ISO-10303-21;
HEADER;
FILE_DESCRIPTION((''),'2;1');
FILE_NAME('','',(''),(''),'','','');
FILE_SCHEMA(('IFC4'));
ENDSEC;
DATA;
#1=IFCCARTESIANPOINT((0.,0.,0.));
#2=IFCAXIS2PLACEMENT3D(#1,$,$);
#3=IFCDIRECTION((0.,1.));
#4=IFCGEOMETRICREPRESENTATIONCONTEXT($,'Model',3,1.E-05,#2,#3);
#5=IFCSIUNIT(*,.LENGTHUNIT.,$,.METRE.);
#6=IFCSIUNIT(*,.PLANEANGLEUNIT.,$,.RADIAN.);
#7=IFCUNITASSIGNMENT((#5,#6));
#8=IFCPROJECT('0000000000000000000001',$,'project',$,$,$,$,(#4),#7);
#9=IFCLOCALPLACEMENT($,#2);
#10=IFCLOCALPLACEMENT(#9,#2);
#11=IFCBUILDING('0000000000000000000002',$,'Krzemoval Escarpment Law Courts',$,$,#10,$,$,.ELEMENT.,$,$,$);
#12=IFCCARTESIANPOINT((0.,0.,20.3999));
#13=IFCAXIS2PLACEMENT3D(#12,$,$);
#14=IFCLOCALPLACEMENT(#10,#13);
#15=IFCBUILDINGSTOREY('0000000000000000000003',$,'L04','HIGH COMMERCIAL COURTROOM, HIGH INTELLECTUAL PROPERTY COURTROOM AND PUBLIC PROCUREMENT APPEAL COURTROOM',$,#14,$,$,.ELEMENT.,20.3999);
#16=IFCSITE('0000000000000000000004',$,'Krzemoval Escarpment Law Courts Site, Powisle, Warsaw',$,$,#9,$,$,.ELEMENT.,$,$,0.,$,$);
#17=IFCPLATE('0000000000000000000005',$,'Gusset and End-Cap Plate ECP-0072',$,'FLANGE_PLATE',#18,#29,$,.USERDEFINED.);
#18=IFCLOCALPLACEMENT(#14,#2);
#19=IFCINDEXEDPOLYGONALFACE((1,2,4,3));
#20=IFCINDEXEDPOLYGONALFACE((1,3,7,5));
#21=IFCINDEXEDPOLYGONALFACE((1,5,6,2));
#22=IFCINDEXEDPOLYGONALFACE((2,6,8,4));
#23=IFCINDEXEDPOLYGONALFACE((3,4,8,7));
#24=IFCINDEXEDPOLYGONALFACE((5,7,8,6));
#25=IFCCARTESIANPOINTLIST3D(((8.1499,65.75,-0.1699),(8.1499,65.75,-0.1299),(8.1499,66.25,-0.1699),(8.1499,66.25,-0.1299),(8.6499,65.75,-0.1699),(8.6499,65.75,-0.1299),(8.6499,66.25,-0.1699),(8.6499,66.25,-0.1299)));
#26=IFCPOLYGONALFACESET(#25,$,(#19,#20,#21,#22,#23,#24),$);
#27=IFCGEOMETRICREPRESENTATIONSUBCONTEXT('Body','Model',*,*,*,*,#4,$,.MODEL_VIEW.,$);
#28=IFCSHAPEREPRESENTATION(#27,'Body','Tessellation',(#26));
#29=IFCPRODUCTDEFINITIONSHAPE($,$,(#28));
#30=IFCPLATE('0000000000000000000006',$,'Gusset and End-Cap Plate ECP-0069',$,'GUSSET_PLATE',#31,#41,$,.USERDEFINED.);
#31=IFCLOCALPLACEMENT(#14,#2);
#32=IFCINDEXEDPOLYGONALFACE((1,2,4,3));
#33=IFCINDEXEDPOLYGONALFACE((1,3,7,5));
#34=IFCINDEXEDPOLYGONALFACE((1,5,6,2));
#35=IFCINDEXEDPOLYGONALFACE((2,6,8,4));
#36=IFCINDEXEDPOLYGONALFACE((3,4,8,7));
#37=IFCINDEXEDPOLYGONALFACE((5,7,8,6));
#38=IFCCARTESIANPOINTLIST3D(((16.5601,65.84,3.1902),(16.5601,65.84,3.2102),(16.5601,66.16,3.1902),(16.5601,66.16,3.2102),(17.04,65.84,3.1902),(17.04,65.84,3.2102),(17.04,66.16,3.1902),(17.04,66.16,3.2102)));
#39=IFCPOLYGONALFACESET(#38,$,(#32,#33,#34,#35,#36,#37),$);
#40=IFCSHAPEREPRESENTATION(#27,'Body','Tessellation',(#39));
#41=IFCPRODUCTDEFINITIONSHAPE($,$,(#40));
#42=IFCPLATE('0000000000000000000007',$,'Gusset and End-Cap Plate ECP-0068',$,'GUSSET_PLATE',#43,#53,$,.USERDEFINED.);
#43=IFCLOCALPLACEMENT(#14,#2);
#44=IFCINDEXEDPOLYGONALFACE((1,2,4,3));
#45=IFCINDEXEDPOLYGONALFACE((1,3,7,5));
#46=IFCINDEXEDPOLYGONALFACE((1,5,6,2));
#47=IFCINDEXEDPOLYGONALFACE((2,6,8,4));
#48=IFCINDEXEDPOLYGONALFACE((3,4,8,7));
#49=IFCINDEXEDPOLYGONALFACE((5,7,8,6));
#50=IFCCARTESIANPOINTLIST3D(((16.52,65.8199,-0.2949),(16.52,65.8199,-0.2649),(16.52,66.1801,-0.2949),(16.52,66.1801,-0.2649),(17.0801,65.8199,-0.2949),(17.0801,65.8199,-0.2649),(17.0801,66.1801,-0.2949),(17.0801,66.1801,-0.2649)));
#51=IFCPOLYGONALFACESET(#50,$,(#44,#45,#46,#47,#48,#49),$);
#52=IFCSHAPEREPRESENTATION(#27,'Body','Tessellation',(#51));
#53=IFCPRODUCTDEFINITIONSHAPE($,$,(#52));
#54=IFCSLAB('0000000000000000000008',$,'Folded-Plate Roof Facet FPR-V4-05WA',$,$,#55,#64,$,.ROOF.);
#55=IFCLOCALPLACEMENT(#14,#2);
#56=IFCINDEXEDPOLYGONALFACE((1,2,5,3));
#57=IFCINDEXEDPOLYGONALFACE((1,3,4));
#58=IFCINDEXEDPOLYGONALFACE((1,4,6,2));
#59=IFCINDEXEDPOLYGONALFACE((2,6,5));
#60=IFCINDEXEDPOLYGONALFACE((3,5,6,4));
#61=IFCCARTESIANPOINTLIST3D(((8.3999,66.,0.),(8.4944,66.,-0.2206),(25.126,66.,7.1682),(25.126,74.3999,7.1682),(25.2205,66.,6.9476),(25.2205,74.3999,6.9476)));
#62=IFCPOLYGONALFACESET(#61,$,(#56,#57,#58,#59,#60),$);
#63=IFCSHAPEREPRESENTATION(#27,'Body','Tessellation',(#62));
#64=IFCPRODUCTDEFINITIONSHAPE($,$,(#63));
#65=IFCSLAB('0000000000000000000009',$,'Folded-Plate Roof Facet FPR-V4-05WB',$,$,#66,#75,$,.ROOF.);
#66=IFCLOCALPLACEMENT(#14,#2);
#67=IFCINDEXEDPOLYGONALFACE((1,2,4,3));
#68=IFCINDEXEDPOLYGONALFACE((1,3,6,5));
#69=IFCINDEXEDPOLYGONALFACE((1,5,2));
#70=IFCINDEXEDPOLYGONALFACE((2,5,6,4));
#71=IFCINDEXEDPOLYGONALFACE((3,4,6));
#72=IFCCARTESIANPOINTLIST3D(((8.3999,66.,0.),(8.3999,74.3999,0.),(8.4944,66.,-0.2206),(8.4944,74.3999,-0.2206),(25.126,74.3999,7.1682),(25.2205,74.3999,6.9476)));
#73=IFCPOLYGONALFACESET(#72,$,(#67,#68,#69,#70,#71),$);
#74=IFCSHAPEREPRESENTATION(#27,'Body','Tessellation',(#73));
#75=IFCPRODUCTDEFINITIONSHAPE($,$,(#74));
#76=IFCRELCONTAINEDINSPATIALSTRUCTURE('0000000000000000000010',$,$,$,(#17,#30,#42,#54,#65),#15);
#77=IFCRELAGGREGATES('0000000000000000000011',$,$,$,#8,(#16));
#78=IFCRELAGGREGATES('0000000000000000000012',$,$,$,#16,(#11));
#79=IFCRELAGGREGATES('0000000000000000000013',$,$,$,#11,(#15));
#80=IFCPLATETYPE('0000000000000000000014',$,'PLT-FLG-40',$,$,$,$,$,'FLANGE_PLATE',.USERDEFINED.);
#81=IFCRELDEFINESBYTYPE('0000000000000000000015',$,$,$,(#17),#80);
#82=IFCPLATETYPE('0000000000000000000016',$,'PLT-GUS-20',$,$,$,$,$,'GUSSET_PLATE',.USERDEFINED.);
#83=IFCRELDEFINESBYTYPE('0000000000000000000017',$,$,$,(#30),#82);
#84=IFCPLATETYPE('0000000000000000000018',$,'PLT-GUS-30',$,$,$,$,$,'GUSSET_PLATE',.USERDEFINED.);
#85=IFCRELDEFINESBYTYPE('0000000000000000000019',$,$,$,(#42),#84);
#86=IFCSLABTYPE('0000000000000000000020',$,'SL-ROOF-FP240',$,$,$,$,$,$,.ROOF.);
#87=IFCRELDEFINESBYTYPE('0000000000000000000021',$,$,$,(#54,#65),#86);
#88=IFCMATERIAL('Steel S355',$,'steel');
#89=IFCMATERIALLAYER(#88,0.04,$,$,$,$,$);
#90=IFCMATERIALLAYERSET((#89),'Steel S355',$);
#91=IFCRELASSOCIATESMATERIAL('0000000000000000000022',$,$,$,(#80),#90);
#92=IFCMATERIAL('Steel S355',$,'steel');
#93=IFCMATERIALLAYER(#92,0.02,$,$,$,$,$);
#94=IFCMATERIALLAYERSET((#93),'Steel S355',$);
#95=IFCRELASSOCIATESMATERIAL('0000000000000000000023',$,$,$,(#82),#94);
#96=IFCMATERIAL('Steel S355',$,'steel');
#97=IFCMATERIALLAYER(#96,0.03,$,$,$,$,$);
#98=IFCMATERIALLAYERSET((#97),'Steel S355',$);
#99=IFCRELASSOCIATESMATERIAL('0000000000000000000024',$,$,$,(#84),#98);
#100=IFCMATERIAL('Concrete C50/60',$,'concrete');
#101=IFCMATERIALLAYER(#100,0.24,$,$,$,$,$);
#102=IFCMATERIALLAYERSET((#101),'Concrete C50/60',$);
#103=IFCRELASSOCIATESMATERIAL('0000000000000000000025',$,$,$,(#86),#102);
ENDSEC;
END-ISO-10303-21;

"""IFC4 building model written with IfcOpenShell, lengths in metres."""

from ifc_helpers import new_model, si_unit, direction, frame, origin, origin_2d, place, context, subcontext, project, spatial, polyline, rectangle, outline, extrude, material, layer, layer_set, type_object, element, save


model = new_model("IFC4")

# Units and contexts
model_context = context("Model", 3, precision=1e-05, world=origin(), true_north=direction((0.0, 1.0)))
body_context = subcontext(model_context, "Body", "Model", "MODEL_VIEW")
ifc_project = project(units=[si_unit("LENGTHUNIT", "METRE"), si_unit("PLANEANGLEUNIT", "RADIAN")], contexts=[model_context])

# Site, building, storey
site_placement = place(None, origin())
site = spatial("IfcSite", under=ifc_project, at=site_placement, Name="Krzemoval Escarpment Law Courts Site, Powisle, Warsaw", CompositionType="ELEMENT", RefElevation=0.0)
building_placement = place(site_placement, origin())
building = spatial("IfcBuilding", under=site, at=building_placement, Name="Krzemoval Escarpment Law Courts", CompositionType="ELEMENT")
storey_placement = place(building_placement, frame((0.0, 0.0, 20.3999)))
storey = spatial("IfcBuildingStorey", under=building, at=storey_placement, Name="L04", Description="HIGH COMMERCIAL COURTROOM, HIGH INTELLECTUAL PROPERTY COURTROOM AND PUBLIC PROCUREMENT APPEAL COURTROOM", CompositionType="ELEMENT", Elevation=20.3999)

# Plates
ifc_material_1 = material(Name="Steel S355", Category="steel")
ifc_layer_1 = layer(ifc_material_1, 0.04)
ifc_layer_set_1 = layer_set([ifc_layer_1], Name="Steel S355")
plate_type_1 = type_object("IfcPlateType", Name="PLT-FLG-40", ElementType="FLANGE_PLATE", PredefinedType="USERDEFINED", material=ifc_layer_set_1)
plate_1_placement = place(storey_placement, frame((8.3999, 66.0, -0.1699), z_axis=(0.0, 0.0, 1.0), x_axis=(1.0, 0.0, 0.0)))
element("IfcPlate", 1, at=plate_1_placement, inside=storey, type_object=plate_type_1, Name="Gusset and End-Cap Plate ECP-0072", ObjectType="FLANGE_PLATE", PredefinedType="USERDEFINED", context=body_context, shape_type="SweptSolid", body=[
    extrude(rectangle(XDim=0.5, YDim=0.5, at=origin_2d()), origin(), (0.0, 0.0, 1.0), 0.04),
])
ifc_material_2 = material(Name="Steel S355", Category="steel")
ifc_layer_2 = layer(ifc_material_2, 0.02)
ifc_layer_set_2 = layer_set([ifc_layer_2], Name="Steel S355")
plate_type_2 = type_object("IfcPlateType", Name="PLT-GUS-20", ElementType="GUSSET_PLATE", PredefinedType="USERDEFINED", material=ifc_layer_set_2)
plate_2_placement = place(storey_placement, frame((16.8, 66.0, 3.1902), z_axis=(0.0, 0.0, 1.0), x_axis=(1.0, 0.0, 0.0)))
element("IfcPlate", 2, at=plate_2_placement, inside=storey, type_object=plate_type_2, Name="Gusset and End-Cap Plate ECP-0069", ObjectType="GUSSET_PLATE", PredefinedType="USERDEFINED", context=body_context, shape_type="SweptSolid", body=[
    extrude(rectangle(XDim=0.48, YDim=0.3201, at=origin_2d()), origin(), (0.0, 0.0, 1.0), 0.02),
])
ifc_material_3 = material(Name="Steel S355", Category="steel")
ifc_layer_3 = layer(ifc_material_3, 0.03)
ifc_layer_set_3 = layer_set([ifc_layer_3], Name="Steel S355")
plate_type_3 = type_object("IfcPlateType", Name="PLT-GUS-30", ElementType="GUSSET_PLATE", PredefinedType="USERDEFINED", material=ifc_layer_set_3)
plate_3_placement = place(storey_placement, frame((16.8, 66.0, -0.2949), z_axis=(0.0, 0.0, 1.0), x_axis=(1.0, 0.0, 0.0)))
element("IfcPlate", 3, at=plate_3_placement, inside=storey, type_object=plate_type_3, Name="Gusset and End-Cap Plate ECP-0068", ObjectType="GUSSET_PLATE", PredefinedType="USERDEFINED", context=body_context, shape_type="SweptSolid", body=[
    extrude(rectangle(XDim=0.5601, YDim=0.3601, at=origin_2d()), origin(), (0.0, 0.0, 1.0), 0.03),
])

# Slabs
ifc_material_4 = material(Name="Concrete C50/60", Category="concrete")
ifc_layer_4 = layer(ifc_material_4, 0.24)
ifc_layer_set_4 = layer_set([ifc_layer_4], Name="Concrete C50/60")
slab_type = type_object("IfcSlabType", Name="SL-ROOF-FP240", PredefinedType="ROOF", material=ifc_layer_set_4)
slab_1_placement = place(storey_placement, frame((8.3999, 66.0, 0.0), z_axis=(-0.393914, 0.0, 0.919147), x_axis=(0.919147, 0.0, 0.393914)))
element("IfcSlab", 4, at=slab_1_placement, inside=storey, type_object=slab_type, Name="Folded-Plate Roof Facet FPR-V4-05WA", PredefinedType="ROOF", context=body_context, shape_type="SweptSolid", body=[
    extrude(outline(polyline([(0.0, 0.0), (18.1974, 0.0), (18.1974, 8.3999), (0.0, 0.0)])), origin(), (0.0, 0.0, -1.0), 0.24),
])
slab_2_placement = place(storey_placement, frame((8.3999, 66.0, 0.0), z_axis=(-0.393914, 0.0, 0.919147), x_axis=(0.834529, 0.419104, 0.35765)))
element("IfcSlab", 5, at=slab_2_placement, inside=storey, type_object=slab_type, Name="Folded-Plate Roof Facet FPR-V4-05WB", PredefinedType="ROOF", context=body_context, shape_type="SweptSolid", body=[
    extrude(outline(polyline([(0.0, 0.0), (20.0425, 0.0), (3.5204, 7.6266), (0.0, 0.0)])), origin(), (0.0, 0.0, -1.0), 0.24),
])

save(model, "model.ifc")
